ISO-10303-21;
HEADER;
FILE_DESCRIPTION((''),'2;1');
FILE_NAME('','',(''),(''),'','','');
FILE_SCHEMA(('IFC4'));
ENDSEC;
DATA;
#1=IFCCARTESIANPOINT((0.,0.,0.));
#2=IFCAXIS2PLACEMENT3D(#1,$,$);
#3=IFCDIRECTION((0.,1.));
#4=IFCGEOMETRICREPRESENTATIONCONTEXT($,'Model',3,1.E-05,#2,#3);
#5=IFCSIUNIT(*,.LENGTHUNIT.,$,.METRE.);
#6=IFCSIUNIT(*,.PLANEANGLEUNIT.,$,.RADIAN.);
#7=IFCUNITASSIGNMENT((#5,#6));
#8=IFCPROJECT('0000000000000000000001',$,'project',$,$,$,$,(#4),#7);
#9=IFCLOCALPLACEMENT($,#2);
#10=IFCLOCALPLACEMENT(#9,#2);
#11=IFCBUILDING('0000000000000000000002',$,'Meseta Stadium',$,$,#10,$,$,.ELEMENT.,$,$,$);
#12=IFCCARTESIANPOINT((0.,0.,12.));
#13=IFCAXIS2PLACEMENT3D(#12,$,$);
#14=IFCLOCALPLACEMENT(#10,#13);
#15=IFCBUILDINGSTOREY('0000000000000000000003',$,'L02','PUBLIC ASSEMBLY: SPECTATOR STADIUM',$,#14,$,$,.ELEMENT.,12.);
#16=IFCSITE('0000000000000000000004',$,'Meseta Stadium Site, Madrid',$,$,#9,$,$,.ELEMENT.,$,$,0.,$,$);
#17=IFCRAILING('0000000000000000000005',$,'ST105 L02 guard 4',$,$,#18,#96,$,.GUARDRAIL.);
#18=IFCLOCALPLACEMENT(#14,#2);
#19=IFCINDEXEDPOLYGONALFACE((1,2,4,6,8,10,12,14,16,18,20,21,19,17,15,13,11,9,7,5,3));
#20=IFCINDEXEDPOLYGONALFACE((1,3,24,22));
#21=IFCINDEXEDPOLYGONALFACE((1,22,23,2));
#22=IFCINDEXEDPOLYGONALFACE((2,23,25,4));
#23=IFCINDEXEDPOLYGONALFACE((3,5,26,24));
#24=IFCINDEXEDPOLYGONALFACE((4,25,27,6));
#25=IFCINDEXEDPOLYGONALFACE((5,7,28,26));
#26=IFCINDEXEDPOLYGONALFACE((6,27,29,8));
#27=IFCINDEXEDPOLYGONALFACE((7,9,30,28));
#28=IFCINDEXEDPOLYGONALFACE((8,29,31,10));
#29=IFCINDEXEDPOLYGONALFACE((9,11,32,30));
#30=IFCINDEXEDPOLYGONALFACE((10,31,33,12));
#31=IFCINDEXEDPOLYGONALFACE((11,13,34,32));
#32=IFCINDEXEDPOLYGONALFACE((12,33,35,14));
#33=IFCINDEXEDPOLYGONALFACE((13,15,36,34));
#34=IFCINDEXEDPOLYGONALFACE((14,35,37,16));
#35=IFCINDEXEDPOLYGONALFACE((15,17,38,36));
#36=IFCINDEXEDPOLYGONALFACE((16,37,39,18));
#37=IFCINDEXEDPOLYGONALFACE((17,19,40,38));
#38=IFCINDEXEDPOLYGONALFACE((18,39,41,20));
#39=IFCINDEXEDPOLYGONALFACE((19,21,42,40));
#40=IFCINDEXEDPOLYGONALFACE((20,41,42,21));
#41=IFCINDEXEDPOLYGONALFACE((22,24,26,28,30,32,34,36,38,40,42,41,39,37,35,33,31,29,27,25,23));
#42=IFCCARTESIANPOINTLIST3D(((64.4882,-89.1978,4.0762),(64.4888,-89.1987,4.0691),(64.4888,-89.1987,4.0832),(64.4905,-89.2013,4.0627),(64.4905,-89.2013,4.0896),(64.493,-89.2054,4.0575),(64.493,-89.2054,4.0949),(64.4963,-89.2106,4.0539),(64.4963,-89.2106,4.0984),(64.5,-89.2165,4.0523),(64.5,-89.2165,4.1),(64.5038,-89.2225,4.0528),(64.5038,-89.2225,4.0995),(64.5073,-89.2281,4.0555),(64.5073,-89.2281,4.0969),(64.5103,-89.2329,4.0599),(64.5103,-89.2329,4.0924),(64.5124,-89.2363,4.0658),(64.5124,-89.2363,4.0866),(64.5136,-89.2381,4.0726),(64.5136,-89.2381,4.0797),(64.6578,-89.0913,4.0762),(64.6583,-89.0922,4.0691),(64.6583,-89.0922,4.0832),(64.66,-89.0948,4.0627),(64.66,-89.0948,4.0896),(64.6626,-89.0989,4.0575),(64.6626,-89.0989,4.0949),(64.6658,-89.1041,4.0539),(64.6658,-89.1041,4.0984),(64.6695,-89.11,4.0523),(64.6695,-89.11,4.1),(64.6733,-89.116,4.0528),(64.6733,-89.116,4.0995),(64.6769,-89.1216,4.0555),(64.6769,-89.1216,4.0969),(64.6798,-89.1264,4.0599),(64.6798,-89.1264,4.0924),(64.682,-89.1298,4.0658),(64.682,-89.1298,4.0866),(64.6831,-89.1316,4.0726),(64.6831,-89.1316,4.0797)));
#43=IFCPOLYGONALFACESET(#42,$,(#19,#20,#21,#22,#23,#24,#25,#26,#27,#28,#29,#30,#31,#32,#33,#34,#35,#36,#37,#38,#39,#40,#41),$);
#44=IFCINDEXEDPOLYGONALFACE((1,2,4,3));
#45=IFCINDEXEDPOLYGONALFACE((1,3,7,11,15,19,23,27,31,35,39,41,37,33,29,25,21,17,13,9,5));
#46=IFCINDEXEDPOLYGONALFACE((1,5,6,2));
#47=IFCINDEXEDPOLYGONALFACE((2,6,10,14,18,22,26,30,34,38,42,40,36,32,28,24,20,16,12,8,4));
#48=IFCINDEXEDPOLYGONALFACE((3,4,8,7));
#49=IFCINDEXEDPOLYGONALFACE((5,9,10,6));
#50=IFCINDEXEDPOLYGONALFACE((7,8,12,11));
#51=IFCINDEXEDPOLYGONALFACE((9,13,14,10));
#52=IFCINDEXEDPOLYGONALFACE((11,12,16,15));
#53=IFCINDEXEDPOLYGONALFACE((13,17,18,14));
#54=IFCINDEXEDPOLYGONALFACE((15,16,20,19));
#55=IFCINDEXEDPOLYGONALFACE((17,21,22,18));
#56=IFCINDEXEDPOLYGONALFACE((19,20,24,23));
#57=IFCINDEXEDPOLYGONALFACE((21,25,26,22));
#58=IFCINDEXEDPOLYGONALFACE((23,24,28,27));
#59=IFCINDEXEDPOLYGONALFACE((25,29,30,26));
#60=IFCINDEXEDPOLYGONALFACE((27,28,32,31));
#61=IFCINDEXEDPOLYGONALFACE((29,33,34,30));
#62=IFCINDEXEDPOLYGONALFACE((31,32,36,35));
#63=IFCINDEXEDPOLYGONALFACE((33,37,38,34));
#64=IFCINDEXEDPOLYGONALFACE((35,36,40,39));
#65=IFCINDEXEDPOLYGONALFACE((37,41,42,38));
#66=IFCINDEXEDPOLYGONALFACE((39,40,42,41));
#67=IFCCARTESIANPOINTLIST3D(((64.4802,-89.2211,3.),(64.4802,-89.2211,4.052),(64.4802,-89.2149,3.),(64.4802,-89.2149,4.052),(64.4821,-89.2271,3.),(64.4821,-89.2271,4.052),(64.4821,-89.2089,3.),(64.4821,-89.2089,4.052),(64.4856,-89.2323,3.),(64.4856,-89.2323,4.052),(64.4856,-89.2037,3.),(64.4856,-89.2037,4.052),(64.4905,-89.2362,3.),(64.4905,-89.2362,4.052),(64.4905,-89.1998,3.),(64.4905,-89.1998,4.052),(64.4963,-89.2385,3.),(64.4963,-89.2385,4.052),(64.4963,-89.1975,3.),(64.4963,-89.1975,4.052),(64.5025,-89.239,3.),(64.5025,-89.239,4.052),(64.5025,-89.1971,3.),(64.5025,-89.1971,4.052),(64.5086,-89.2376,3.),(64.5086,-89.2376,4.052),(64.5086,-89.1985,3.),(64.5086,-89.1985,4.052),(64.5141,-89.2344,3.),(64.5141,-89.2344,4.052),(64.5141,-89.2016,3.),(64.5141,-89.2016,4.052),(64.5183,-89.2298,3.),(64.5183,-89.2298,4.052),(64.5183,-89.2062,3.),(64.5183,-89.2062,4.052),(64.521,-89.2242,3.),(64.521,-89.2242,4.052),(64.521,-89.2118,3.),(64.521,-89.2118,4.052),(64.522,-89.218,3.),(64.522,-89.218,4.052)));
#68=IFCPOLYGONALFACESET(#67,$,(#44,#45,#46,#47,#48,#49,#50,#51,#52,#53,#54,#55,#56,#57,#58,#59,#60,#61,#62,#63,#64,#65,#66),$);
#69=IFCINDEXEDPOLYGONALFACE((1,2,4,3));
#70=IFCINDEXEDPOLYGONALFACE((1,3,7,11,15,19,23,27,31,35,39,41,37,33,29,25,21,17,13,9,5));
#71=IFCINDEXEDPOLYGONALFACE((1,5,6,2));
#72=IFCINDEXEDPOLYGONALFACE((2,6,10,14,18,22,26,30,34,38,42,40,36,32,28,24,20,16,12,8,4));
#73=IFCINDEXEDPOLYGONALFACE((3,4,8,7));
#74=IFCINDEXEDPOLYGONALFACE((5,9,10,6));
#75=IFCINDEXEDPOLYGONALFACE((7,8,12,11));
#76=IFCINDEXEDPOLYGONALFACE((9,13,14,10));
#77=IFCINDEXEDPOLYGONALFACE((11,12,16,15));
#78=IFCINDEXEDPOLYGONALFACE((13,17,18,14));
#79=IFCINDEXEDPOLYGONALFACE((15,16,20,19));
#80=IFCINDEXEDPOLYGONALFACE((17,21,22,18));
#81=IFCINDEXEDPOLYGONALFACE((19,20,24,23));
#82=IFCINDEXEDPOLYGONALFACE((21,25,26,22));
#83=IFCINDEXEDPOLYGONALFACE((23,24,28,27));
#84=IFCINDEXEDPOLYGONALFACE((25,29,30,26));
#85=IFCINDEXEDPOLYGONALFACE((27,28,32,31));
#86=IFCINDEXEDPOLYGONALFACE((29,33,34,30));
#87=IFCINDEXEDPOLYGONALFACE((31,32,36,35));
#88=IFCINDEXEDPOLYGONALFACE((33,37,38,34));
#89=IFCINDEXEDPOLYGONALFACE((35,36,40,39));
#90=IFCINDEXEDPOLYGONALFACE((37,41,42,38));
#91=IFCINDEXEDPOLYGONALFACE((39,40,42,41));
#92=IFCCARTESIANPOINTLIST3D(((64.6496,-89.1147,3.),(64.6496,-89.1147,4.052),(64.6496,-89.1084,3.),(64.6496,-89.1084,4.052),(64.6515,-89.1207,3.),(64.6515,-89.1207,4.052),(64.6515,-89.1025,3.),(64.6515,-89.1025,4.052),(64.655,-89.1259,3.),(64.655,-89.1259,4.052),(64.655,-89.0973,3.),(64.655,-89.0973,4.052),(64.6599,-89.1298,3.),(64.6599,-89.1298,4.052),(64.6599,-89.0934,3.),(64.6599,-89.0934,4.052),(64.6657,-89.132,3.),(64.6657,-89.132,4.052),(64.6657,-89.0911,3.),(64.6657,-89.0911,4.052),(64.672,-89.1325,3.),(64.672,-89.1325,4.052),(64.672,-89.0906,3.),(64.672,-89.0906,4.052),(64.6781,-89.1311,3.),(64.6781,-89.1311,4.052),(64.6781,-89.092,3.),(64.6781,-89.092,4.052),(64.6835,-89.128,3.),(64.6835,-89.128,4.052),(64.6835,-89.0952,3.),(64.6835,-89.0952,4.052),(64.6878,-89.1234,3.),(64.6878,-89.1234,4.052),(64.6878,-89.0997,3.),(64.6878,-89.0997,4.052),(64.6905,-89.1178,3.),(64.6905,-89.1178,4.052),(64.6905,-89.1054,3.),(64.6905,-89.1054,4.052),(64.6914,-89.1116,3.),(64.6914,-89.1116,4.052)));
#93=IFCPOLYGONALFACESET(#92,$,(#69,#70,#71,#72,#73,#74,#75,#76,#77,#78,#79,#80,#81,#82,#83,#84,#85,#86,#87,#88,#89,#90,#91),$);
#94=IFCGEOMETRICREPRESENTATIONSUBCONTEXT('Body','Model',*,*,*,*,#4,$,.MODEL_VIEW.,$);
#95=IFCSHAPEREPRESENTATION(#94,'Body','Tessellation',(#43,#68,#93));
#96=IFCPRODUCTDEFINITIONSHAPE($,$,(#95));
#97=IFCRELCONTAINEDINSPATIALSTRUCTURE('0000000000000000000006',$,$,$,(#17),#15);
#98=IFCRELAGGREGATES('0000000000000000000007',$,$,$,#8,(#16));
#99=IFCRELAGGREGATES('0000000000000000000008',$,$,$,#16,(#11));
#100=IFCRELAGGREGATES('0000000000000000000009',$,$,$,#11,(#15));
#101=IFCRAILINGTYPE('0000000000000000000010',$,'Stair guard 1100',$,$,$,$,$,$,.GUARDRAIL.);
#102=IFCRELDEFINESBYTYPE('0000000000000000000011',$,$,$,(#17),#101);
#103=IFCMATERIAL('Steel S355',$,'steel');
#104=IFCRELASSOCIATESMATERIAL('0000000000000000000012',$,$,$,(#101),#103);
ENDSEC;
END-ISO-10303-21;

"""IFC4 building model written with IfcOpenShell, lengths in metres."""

from ifc_helpers import new_model, si_unit, direction, frame, origin, origin_2d, place, context, subcontext, project, spatial, circle, extrude, material, type_object, element, save


model = new_model("IFC4")

# Units and contexts
model_context = context("Model", 3, precision=1e-05, world=origin(), true_north=direction((0.0, 1.0)))
body_context = subcontext(model_context, "Body", "Model", "MODEL_VIEW")
ifc_project = project(units=[si_unit("LENGTHUNIT", "METRE"), si_unit("PLANEANGLEUNIT", "RADIAN")], contexts=[model_context])

# Site, building, storey
site_placement = place(None, origin())
site = spatial("IfcSite", under=ifc_project, at=site_placement, Name="Meseta Stadium Site, Madrid", CompositionType="ELEMENT", RefElevation=0.0)
building_placement = place(site_placement, origin())
building = spatial("IfcBuilding", under=site, at=building_placement, Name="Meseta Stadium", CompositionType="ELEMENT")
storey_placement = place(building_placement, frame((0.0, 0.0, 12.0)))
storey = spatial("IfcBuildingStorey", under=building, at=storey_placement, Name="L02", Description="PUBLIC ASSEMBLY: SPECTATOR STADIUM", CompositionType="ELEMENT", Elevation=12.0)

# Railing
ifc_material_1 = material(Name="Steel S355", Category="steel")
railing_type_1 = type_object("IfcRailingType", Name="Stair guard 1100", PredefinedType="GUARDRAIL", material=ifc_material_1)
railing_1_placement = place(storey_placement, frame((64.501, -89.218, 3.0)))
element("IfcRailing", 1, at=railing_1_placement, inside=storey, type_object=railing_type_1, Name="ST105 L02 guard 4", PredefinedType="GUARDRAIL", context=body_context, shape_type="SweptSolid", body=[
    extrude(circle(Radius=0.0239, at=origin_2d()), frame((0.0, 0.0, 1.0762), z_axis=(0.846762, 0.531972, 0.0), x_axis=(-0.531972, 0.846762, 0.0)), (0.0, 0.0, 1.0), 0.2002),
    extrude(circle(Radius=0.021, at=origin_2d()), origin(), (0.0, 0.0, 1.0), 1.052),
    extrude(circle(Radius=0.021, at=origin_2d()), frame((0.1694, 0.1064, 0.0)), (0.0, 0.0, 1.0), 1.052),
])

save(model, "model.ifc")
